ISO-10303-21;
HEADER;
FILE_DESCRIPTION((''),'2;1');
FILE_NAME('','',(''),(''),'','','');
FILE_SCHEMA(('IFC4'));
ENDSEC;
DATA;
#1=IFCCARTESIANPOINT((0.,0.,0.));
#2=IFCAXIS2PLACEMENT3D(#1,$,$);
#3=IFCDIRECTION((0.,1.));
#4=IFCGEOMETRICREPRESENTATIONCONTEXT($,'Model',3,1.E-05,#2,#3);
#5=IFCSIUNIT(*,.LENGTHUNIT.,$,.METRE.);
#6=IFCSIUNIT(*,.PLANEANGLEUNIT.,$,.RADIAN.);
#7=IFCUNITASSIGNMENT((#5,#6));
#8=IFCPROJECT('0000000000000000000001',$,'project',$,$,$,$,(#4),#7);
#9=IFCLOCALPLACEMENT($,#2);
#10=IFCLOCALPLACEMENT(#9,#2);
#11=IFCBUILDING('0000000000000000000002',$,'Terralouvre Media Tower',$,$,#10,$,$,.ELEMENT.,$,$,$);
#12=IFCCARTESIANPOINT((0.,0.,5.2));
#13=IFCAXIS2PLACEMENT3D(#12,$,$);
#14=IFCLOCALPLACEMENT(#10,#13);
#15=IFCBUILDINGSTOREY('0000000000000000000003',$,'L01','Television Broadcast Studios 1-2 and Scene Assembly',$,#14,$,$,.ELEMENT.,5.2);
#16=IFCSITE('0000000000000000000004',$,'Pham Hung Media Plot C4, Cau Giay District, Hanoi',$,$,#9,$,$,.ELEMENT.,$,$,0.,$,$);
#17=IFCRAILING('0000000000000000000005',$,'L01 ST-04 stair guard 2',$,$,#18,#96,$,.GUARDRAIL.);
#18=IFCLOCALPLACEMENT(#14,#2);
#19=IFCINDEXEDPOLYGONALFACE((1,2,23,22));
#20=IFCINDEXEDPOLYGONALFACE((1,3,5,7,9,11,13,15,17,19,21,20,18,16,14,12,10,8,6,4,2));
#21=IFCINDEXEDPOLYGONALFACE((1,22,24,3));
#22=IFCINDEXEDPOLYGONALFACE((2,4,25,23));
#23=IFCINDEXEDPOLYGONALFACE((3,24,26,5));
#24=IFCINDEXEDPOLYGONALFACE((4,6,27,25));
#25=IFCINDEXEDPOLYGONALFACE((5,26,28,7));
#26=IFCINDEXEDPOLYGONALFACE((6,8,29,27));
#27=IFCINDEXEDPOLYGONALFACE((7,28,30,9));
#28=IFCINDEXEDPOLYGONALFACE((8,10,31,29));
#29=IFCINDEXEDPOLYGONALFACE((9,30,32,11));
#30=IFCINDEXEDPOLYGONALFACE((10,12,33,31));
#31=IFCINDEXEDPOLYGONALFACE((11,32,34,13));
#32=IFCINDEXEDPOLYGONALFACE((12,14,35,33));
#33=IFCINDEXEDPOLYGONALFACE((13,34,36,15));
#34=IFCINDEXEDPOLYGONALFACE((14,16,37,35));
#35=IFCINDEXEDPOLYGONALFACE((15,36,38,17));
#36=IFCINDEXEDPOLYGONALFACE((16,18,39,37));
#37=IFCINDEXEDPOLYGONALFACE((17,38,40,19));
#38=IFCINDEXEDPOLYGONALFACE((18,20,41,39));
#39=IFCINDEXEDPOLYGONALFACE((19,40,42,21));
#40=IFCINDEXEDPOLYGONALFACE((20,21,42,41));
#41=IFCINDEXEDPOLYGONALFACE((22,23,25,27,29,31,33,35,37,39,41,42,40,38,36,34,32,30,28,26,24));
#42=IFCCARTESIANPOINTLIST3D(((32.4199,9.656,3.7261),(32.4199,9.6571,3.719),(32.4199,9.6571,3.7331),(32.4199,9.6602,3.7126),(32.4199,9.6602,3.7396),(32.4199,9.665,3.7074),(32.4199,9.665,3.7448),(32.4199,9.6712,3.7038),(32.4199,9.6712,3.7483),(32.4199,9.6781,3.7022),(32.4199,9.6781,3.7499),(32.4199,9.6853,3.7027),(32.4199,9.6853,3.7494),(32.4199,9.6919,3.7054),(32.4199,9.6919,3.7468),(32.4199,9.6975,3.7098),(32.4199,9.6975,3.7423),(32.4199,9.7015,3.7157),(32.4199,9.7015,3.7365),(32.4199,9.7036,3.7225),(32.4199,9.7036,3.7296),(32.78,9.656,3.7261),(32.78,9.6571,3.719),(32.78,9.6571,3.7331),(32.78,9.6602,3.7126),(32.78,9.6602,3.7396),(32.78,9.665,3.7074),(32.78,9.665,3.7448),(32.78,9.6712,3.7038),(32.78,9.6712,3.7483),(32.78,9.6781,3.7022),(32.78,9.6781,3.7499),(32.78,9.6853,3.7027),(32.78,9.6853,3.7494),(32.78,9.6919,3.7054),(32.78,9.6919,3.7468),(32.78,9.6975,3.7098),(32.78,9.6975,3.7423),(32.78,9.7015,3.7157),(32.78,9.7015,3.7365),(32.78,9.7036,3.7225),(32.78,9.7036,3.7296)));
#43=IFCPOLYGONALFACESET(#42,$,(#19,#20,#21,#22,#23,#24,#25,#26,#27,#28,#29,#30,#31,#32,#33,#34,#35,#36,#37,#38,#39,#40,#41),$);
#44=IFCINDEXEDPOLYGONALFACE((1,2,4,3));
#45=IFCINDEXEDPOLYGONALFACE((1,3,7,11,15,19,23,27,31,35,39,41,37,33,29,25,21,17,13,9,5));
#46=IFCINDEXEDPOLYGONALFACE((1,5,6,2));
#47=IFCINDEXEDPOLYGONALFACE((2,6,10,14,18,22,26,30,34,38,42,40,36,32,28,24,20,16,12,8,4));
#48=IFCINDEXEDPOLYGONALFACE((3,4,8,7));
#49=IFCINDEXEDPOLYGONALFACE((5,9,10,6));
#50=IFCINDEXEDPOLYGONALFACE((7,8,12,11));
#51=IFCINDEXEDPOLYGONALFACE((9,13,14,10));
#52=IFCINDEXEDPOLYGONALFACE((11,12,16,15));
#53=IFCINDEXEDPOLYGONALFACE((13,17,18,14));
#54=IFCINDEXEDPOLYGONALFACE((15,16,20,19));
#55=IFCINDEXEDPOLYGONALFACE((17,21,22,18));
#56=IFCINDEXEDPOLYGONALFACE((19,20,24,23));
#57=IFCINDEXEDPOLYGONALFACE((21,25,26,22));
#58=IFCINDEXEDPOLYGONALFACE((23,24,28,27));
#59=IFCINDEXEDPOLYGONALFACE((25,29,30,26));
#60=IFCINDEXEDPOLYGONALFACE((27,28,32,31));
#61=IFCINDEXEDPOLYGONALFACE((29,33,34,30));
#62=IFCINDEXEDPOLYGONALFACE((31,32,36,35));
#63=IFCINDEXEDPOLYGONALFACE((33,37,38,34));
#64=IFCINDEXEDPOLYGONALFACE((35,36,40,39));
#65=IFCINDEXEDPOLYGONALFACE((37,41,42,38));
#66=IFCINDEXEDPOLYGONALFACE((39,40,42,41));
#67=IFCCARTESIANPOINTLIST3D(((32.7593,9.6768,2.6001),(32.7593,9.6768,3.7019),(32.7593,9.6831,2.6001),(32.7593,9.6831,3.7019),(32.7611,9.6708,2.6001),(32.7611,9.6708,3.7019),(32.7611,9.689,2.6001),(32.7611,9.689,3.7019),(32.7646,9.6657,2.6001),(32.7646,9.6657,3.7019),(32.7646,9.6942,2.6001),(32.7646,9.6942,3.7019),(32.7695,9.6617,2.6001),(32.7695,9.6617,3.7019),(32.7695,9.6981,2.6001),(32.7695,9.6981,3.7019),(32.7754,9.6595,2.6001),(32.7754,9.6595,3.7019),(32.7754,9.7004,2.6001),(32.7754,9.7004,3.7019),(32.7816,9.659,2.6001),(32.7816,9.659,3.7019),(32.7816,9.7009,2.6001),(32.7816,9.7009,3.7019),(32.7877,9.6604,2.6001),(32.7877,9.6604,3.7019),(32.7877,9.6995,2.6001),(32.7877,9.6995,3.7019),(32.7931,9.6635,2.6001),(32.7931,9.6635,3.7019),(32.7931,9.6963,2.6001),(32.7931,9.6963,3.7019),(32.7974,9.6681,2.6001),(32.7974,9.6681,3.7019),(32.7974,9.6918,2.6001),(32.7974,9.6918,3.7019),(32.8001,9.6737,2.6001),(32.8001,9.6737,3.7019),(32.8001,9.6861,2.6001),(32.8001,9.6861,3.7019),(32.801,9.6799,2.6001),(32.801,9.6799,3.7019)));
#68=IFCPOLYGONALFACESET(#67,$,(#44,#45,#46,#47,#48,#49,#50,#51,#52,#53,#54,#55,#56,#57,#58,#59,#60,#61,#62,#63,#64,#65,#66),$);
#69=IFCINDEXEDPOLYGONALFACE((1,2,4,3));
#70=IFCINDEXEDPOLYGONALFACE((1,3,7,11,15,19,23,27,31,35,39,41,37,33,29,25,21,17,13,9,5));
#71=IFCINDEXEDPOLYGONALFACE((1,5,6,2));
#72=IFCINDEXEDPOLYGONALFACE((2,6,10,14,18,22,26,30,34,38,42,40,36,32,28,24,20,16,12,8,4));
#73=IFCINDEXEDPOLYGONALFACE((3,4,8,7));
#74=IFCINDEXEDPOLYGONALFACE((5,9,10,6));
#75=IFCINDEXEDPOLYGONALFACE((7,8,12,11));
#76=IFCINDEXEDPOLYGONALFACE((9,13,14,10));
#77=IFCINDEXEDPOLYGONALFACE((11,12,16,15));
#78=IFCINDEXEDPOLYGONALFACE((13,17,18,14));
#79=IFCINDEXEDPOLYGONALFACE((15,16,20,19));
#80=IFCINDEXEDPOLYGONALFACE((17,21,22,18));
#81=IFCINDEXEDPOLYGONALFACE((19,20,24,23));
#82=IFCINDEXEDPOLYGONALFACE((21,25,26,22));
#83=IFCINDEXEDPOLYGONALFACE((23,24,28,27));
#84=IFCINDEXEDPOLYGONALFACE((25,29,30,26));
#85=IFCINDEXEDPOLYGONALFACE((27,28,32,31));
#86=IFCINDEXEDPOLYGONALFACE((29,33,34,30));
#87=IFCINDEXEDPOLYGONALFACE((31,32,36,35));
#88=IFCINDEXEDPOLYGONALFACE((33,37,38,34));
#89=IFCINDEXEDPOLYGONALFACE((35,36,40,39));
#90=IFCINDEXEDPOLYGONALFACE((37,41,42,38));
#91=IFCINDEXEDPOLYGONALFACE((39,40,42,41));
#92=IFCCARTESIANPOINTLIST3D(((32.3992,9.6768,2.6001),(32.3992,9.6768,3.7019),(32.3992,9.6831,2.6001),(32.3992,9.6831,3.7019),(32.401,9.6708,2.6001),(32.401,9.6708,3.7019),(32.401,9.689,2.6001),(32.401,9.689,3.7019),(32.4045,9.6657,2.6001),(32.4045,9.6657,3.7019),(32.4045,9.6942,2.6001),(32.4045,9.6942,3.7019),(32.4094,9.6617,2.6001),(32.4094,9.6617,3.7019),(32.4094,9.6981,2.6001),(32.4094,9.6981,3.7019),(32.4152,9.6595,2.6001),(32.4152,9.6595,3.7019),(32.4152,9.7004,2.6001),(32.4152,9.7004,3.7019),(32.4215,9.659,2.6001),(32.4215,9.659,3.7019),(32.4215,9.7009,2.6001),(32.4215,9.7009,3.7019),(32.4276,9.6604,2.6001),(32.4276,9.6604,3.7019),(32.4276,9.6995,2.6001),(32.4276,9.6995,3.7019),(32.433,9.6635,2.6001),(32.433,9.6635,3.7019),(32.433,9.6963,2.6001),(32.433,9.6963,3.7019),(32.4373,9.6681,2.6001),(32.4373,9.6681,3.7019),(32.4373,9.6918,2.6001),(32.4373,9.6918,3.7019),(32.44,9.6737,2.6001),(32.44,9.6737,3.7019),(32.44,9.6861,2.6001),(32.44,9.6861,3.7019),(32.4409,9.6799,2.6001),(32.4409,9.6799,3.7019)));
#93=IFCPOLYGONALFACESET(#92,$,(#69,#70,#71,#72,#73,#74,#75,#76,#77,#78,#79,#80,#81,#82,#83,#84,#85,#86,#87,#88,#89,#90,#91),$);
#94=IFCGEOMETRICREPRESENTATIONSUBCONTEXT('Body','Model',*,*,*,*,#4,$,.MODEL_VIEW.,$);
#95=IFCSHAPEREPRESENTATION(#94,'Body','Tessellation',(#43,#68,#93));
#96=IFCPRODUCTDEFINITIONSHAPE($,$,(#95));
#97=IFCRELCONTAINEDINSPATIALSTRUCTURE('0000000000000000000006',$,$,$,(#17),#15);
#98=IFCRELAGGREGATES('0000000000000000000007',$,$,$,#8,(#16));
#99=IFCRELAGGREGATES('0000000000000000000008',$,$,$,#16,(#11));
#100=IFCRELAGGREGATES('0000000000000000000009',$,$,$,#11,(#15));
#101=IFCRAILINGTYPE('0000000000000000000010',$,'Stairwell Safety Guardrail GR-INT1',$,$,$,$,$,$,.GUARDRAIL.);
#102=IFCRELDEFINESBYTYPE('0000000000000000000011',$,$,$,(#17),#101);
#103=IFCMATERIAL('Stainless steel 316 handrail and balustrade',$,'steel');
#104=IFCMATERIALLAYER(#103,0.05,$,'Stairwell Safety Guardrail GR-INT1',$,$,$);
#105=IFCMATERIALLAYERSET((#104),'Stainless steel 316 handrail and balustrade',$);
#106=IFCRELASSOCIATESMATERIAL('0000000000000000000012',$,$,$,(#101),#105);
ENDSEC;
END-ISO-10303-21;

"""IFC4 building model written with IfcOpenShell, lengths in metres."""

from ifc_helpers import new_model, si_unit, direction, frame, origin, origin_2d, place, context, subcontext, project, spatial, circle, extrude, material, layer, layer_set, type_object, element, save


model = new_model("IFC4")

# Units and contexts
model_context = context("Model", 3, precision=1e-05, world=origin(), true_north=direction((0.0, 1.0)))
body_context = subcontext(model_context, "Body", "Model", "MODEL_VIEW")
ifc_project = project(units=[si_unit("LENGTHUNIT", "METRE"), si_unit("PLANEANGLEUNIT", "RADIAN")], contexts=[model_context])

# Site, building, storey
site_placement = place(None, origin())
site = spatial("IfcSite", under=ifc_project, at=site_placement, Name="Pham Hung Media Plot C4, Cau Giay District, Hanoi", CompositionType="ELEMENT", RefElevation=0.0)
building_placement = place(site_placement, origin())
building = spatial("IfcBuilding", under=site, at=building_placement, Name="Terralouvre Media Tower", CompositionType="ELEMENT")
storey_placement = place(building_placement, frame((0.0, 0.0, 5.2)))
storey = spatial("IfcBuildingStorey", under=building, at=storey_placement, Name="L01", Description="Television Broadcast Studios 1-2 and Scene Assembly", CompositionType="ELEMENT", Elevation=5.2)

# Railing
ifc_material_1 = material(Name="Stainless steel 316 handrail and balustrade", Category="steel")
ifc_layer_1 = layer(ifc_material_1, 0.05, Name="Stairwell Safety Guardrail GR-INT1")
ifc_layer_set_1 = layer_set([ifc_layer_1], Name="Stainless steel 316 handrail and balustrade")
railing_type_1 = type_object("IfcRailingType", Name="Stairwell Safety Guardrail GR-INT1", PredefinedType="GUARDRAIL", material=ifc_layer_set_1)
railing_1_placement = place(storey_placement, frame((32.78, 9.6799, 2.6001)))
element("IfcRailing", 1, at=railing_1_placement, inside=storey, type_object=railing_type_1, Name="L01 ST-04 stair guard 2", PredefinedType="GUARDRAIL", context=body_context, shape_type="SweptSolid", body=[
    extrude(circle(Radius=0.0239, at=origin_2d()), frame((0.0, 0.0, 1.126), z_axis=(-1.0, 0.0, 0.0), x_axis=(0.0, -1.0, 0.0)), (0.0, 0.0, 1.0), 0.3601),
    extrude(circle(Radius=0.021, at=origin_2d()), origin(), (0.0, 0.0, 1.0), 1.1018),
    extrude(circle(Radius=0.021, at=origin_2d()), frame((-0.3601, 0.0, 0.0)), (0.0, 0.0, 1.0), 1.1018),
])

save(model, "model.ifc")
